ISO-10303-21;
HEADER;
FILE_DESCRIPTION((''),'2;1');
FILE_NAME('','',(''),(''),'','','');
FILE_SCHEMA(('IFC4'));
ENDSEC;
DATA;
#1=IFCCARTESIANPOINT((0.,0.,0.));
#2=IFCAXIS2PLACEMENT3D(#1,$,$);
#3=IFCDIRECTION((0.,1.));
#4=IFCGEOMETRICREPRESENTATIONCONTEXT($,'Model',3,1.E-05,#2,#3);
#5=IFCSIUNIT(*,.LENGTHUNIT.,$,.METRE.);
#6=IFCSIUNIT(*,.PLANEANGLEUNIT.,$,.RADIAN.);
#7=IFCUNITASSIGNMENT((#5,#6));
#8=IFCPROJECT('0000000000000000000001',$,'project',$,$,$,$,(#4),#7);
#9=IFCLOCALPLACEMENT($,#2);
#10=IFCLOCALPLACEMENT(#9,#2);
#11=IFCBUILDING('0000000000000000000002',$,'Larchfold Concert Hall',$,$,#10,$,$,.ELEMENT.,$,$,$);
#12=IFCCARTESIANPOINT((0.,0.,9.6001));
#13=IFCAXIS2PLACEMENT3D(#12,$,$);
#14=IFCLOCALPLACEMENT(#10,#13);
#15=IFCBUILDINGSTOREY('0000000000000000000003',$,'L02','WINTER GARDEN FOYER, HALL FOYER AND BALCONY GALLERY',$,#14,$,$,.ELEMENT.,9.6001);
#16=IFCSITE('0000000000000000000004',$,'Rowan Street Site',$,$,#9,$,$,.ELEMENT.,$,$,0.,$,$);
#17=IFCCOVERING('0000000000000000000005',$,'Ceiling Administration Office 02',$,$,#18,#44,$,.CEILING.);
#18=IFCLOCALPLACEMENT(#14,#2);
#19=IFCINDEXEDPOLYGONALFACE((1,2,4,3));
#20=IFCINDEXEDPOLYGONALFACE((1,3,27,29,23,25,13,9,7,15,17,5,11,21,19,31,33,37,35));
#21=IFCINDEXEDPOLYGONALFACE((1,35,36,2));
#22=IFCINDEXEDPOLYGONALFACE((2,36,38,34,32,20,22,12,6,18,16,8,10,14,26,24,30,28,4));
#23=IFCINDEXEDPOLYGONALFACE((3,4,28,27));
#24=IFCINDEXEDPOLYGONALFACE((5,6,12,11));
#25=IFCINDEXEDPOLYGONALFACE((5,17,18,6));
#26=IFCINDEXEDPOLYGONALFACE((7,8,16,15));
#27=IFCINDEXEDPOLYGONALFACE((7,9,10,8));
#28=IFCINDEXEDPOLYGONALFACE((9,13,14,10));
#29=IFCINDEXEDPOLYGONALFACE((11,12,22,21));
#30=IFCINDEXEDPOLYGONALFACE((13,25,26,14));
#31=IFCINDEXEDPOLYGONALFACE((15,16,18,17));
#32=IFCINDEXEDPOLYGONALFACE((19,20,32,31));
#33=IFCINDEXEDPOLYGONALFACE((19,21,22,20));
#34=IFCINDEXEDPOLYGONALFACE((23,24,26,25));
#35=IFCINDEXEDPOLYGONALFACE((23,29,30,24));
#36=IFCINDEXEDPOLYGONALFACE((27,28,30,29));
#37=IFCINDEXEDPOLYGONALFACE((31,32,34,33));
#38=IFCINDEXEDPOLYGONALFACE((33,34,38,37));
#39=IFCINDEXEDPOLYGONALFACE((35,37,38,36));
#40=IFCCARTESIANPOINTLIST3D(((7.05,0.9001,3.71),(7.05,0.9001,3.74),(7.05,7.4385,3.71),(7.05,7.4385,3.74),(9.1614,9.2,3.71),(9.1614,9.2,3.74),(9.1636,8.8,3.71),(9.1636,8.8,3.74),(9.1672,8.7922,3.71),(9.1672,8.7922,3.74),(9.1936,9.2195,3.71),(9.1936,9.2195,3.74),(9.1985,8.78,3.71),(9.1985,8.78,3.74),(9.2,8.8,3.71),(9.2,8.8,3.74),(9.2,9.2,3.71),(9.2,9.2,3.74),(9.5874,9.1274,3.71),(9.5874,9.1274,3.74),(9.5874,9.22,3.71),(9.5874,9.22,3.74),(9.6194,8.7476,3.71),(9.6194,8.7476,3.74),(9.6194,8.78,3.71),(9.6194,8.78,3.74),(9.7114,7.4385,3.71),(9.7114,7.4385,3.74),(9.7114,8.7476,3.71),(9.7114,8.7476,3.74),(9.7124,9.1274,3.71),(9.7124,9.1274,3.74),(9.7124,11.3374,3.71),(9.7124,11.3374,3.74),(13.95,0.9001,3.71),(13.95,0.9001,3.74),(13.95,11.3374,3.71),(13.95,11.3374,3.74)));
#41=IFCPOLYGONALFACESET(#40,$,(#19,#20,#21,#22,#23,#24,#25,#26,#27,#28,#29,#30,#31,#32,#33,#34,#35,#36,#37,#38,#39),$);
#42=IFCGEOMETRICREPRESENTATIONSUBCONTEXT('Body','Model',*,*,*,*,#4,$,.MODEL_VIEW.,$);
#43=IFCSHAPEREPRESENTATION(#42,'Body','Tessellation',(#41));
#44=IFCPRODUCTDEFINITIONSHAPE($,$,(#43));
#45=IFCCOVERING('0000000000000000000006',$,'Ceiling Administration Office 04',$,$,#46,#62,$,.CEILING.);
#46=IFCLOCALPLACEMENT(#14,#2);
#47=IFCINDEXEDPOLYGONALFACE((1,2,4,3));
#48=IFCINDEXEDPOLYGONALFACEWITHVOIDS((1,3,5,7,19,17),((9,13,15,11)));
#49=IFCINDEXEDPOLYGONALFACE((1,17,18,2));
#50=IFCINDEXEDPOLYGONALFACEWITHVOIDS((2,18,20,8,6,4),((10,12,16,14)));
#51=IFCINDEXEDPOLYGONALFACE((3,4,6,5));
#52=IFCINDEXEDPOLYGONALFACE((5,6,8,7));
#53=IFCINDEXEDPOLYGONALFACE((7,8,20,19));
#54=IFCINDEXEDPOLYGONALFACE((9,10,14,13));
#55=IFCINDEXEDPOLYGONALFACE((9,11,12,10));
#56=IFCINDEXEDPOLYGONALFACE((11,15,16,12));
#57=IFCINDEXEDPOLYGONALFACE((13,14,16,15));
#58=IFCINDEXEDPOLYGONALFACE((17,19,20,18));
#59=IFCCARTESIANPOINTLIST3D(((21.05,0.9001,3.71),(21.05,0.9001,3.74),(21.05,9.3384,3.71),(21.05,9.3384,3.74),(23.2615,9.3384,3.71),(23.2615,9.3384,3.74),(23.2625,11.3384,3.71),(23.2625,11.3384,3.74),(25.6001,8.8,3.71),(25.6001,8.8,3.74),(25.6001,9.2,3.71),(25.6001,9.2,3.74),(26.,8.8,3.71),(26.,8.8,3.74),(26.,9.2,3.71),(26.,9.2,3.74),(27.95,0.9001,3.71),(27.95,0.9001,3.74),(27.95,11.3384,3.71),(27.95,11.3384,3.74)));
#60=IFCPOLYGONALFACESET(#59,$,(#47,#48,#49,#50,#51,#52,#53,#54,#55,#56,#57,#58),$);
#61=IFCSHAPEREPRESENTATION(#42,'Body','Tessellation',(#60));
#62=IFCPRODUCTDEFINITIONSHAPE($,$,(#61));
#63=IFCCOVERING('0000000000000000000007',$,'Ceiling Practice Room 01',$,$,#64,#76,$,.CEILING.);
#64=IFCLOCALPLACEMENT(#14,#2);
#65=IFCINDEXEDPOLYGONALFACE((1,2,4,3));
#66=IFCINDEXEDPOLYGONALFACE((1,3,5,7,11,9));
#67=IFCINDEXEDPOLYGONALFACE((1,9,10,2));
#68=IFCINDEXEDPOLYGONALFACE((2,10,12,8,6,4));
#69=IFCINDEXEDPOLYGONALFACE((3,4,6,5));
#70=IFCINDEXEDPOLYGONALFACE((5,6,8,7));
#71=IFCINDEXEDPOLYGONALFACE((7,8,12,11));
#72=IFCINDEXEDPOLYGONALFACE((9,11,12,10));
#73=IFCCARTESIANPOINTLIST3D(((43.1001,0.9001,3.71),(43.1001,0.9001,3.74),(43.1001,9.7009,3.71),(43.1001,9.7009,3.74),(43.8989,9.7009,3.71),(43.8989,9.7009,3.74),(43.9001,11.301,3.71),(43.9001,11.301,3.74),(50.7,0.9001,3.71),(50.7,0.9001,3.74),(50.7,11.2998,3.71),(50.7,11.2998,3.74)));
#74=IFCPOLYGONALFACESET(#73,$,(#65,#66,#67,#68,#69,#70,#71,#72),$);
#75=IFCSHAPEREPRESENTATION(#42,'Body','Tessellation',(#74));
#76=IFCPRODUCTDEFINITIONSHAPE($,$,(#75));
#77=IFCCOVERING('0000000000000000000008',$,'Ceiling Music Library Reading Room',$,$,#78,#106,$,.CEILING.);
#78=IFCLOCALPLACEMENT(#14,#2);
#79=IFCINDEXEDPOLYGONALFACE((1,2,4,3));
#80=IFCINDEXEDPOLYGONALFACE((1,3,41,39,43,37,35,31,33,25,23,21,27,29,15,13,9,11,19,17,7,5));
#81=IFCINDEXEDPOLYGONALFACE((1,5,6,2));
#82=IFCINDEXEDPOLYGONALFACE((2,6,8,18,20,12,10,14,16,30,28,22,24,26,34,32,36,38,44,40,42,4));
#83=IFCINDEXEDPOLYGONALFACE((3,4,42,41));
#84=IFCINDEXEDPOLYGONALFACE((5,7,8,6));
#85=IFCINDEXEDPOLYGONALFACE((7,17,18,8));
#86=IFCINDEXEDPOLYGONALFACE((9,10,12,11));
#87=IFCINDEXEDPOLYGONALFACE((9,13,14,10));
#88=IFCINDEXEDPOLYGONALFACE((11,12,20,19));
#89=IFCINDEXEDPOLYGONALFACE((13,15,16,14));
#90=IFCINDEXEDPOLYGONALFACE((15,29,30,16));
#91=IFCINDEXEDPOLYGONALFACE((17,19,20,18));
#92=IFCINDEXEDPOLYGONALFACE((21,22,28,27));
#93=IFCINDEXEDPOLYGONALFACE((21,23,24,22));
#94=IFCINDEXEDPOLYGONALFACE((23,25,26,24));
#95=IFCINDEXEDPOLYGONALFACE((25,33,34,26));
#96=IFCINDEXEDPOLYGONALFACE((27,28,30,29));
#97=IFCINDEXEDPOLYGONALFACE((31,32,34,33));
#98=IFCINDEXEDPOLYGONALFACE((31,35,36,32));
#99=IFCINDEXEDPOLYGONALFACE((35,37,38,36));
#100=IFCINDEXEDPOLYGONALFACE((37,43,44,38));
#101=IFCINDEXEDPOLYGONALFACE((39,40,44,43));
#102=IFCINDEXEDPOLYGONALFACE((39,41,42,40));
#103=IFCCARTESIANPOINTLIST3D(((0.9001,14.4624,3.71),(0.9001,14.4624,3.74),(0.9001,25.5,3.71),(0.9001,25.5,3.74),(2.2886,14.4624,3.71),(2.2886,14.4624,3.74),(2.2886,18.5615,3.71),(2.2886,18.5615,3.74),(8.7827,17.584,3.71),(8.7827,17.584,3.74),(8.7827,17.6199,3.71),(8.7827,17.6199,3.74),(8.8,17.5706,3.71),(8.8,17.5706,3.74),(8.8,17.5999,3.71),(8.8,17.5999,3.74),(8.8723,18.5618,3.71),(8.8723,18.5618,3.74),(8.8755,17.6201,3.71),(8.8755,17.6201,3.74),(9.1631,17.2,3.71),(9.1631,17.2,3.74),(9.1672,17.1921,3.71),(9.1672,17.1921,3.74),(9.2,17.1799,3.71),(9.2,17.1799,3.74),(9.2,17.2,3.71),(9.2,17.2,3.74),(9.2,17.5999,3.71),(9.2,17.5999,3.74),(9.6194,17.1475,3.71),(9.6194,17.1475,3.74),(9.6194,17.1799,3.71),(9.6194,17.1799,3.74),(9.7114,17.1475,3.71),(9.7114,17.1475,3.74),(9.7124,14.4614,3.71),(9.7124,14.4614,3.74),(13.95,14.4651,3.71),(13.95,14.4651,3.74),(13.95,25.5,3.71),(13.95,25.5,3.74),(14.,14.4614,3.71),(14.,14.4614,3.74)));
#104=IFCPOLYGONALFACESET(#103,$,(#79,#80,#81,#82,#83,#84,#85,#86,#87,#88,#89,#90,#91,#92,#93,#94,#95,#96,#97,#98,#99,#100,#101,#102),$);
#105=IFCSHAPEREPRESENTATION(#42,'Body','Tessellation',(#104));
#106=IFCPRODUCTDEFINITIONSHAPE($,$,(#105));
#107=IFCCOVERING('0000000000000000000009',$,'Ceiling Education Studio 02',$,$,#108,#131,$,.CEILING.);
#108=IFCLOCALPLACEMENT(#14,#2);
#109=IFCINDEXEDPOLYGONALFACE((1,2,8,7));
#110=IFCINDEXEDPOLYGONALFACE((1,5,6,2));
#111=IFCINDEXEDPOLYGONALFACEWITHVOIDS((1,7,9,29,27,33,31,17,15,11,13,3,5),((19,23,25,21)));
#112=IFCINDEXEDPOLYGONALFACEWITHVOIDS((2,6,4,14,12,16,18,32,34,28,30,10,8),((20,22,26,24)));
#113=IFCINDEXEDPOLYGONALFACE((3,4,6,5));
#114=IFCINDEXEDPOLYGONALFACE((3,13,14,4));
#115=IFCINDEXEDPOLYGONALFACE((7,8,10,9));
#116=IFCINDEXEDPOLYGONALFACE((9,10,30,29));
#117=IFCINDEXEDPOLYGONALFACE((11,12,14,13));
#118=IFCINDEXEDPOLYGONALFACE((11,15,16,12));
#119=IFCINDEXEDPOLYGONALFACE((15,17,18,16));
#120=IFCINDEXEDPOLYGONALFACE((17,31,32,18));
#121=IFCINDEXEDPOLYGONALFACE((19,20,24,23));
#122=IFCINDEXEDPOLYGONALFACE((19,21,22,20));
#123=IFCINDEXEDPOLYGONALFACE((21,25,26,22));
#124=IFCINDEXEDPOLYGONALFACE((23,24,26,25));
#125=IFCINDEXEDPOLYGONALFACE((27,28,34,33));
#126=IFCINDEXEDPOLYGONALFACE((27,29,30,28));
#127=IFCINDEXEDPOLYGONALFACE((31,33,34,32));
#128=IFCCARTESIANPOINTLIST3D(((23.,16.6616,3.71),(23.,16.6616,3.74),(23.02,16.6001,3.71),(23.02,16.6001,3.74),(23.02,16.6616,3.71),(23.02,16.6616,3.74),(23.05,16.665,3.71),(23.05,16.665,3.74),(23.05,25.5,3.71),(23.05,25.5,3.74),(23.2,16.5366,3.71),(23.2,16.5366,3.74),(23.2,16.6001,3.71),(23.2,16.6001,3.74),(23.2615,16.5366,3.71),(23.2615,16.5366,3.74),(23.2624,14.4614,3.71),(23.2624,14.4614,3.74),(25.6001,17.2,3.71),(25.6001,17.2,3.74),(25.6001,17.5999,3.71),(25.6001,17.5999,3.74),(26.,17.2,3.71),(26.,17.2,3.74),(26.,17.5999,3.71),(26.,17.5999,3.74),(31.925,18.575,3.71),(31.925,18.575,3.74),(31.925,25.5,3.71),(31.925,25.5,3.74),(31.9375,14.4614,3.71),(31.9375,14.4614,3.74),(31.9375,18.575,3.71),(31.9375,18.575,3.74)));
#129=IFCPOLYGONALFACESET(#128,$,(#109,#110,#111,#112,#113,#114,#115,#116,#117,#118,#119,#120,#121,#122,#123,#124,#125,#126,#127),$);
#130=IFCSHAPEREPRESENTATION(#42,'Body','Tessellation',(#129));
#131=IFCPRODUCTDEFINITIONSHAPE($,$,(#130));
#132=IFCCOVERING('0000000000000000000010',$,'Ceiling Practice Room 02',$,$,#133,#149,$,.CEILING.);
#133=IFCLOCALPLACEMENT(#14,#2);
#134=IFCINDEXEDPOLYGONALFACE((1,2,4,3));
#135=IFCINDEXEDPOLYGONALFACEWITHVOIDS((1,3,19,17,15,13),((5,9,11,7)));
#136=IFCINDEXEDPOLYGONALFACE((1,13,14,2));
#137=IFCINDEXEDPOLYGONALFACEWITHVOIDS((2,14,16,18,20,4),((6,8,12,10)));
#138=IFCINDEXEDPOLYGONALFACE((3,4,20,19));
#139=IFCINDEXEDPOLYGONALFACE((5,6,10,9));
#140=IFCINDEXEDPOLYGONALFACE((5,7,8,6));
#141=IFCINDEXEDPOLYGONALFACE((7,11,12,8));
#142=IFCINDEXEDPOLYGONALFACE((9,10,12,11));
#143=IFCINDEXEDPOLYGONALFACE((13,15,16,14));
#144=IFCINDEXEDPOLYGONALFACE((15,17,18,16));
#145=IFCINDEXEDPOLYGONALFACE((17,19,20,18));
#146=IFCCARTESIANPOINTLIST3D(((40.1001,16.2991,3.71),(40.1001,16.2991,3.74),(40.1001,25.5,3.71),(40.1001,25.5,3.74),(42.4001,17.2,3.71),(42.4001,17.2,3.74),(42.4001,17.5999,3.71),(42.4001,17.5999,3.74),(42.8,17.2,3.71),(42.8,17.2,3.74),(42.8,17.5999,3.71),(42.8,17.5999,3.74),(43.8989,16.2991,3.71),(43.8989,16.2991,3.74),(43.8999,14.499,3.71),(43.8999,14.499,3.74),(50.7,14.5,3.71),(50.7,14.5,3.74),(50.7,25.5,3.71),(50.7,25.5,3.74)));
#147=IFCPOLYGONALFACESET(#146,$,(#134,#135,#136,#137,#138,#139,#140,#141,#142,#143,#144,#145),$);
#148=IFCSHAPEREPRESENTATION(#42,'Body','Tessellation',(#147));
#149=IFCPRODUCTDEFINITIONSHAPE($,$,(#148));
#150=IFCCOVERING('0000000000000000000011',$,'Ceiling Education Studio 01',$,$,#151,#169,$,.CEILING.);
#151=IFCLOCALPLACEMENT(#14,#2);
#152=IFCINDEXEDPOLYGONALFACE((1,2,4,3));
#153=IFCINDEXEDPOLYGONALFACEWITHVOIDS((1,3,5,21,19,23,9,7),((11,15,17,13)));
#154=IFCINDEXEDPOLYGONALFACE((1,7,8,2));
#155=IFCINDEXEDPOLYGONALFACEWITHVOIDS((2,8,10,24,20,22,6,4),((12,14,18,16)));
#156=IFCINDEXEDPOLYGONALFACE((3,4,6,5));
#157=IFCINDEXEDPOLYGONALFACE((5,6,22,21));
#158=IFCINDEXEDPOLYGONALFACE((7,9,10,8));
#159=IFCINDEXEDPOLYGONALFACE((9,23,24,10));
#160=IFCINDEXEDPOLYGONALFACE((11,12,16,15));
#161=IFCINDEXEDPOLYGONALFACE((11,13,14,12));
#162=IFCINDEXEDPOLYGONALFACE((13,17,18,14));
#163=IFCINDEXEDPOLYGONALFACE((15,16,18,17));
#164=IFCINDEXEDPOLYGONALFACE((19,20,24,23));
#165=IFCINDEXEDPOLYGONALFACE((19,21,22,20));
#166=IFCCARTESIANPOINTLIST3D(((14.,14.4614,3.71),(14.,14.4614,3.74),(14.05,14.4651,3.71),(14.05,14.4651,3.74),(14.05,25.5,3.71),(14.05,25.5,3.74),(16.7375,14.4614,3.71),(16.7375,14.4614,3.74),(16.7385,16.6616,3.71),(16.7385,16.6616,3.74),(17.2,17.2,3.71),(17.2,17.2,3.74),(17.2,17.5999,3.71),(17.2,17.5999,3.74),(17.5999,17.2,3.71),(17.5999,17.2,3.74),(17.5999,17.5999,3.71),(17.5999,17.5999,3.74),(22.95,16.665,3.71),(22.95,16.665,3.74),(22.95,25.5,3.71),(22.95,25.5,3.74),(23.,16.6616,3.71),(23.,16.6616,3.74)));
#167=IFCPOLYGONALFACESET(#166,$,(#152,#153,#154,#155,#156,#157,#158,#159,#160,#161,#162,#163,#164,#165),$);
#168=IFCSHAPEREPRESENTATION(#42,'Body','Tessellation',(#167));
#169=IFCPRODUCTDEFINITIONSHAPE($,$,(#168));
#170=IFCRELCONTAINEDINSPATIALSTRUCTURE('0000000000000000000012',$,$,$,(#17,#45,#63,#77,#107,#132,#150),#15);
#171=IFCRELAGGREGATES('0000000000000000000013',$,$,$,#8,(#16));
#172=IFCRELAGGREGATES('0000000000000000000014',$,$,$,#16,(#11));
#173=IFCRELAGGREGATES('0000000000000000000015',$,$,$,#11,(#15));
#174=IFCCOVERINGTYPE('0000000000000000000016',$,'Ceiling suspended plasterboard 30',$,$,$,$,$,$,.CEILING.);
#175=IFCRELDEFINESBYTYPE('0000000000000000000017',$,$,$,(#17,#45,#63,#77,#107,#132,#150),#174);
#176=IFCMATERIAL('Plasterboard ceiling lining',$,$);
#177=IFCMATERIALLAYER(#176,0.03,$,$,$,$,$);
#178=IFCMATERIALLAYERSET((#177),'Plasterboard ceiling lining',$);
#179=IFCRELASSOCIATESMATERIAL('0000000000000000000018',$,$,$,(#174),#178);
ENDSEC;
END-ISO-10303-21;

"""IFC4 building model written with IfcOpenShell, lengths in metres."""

from ifc_helpers import new_model, si_unit, direction, frame, origin, place, context, subcontext, project, spatial, polyline, outline, extrude, material, layer, layer_set, type_object, element, save


model = new_model("IFC4")

# Units and contexts
model_context = context("Model", 3, precision=1e-05, world=origin(), true_north=direction((0.0, 1.0)))
body_context = subcontext(model_context, "Body", "Model", "MODEL_VIEW")
ifc_project = project(units=[si_unit("LENGTHUNIT", "METRE"), si_unit("PLANEANGLEUNIT", "RADIAN")], contexts=[model_context])

# Site, building, storey
site_placement = place(None, origin())
site = spatial("IfcSite", under=ifc_project, at=site_placement, Name="Rowan Street Site", CompositionType="ELEMENT", RefElevation=0.0)
building_placement = place(site_placement, origin())
building = spatial("IfcBuilding", under=site, at=building_placement, Name="Larchfold Concert Hall", CompositionType="ELEMENT")
storey_placement = place(building_placement, frame((0.0, 0.0, 9.6001)))
storey = spatial("IfcBuildingStorey", under=building, at=storey_placement, Name="L02", Description="WINTER GARDEN FOYER, HALL FOYER AND BALCONY GALLERY", CompositionType="ELEMENT", Elevation=9.6001)

# Coverings
ifc_material_1 = material(Name="Plasterboard ceiling lining")
ifc_layer_1 = layer(ifc_material_1, 0.03)
ifc_layer_set_1 = layer_set([ifc_layer_1], Name="Plasterboard ceiling lining")
covering_type_1 = type_object("IfcCoveringType", Name="Ceiling suspended plasterboard 30", PredefinedType="CEILING", material=ifc_layer_set_1)
covering_1_placement = place(storey_placement, frame((0.0, 0.0, 3.71)))
element("IfcCovering", 1, at=covering_1_placement, inside=storey, type_object=covering_type_1, Name="Ceiling Administration Office 02", PredefinedType="CEILING", context=body_context, shape_type="SweptSolid", body=[
    extrude(outline(polyline([(7.05, 0.9001), (13.95, 0.9001), (13.95, 11.3374), (9.7124, 11.3374), (9.7124, 9.1274), (9.5874, 9.1274), (9.5874, 9.22), (9.1936, 9.2195), (9.1614, 9.2), (9.2, 9.2), (9.2, 8.8), (9.1636, 8.8), (9.1672, 8.7922), (9.1985, 8.78), (9.6194, 8.78), (9.6194, 8.7476), (9.7114, 8.7476), (9.7114, 7.4385), (7.05, 7.4385), (7.05, 0.9001)])), origin(), (0.0, 0.0, 1.0), 0.03),
])
covering_2_placement = place(storey_placement, frame((0.0, 0.0, 3.71)))
element("IfcCovering", 2, at=covering_2_placement, inside=storey, type_object=covering_type_1, Name="Ceiling Administration Office 04", PredefinedType="CEILING", context=body_context, shape_type="SweptSolid", body=[
    extrude(outline(polyline([(21.05, 9.3384), (21.05, 0.9001), (27.95, 0.9001), (27.95, 11.3384), (23.2625, 11.3384), (23.2615, 9.3384), (21.05, 9.3384)]), holes=[polyline([(26.0, 9.2), (26.0, 8.8), (25.6001, 8.8), (25.6001, 9.2), (26.0, 9.2)])]), origin(), (0.0, 0.0, 1.0), 0.03),
])
covering_3_placement = place(storey_placement, frame((0.0, 0.0, 3.71)))
element("IfcCovering", 3, at=covering_3_placement, inside=storey, type_object=covering_type_1, Name="Ceiling Practice Room 01", PredefinedType="CEILING", context=body_context, shape_type="SweptSolid", body=[
    extrude(outline(polyline([(43.1001, 9.7009), (43.1001, 0.9001), (50.7, 0.9001), (50.7, 11.2998), (43.9001, 11.301), (43.8989, 9.7009), (43.1001, 9.7009)])), origin(), (0.0, 0.0, 1.0), 0.03),
])
covering_4_placement = place(storey_placement, frame((0.0, 0.0, 3.71)))
element("IfcCovering", 4, at=covering_4_placement, inside=storey, type_object=covering_type_1, Name="Ceiling Music Library Reading Room", PredefinedType="CEILING", context=body_context, shape_type="SweptSolid", body=[
    extrude(outline(polyline([(8.8723, 18.5618), (8.8755, 17.6201), (8.7827, 17.6199), (8.7827, 17.584), (8.8, 17.5706), (8.8, 17.5999), (9.2, 17.5999), (9.2, 17.2), (9.1631, 17.2), (9.1672, 17.1921), (9.2, 17.1799), (9.6194, 17.1799), (9.6194, 17.1475), (9.7114, 17.1475), (9.7124, 14.3999), (9.7124, 14.4614), (14.0, 14.4614), (13.95, 14.4651), (13.95, 25.5), (0.9001, 25.5), (0.9001, 14.4624), (2.2886, 14.4624), (2.2886, 18.5615), (8.8723, 18.5618)])), origin(), (0.0, 0.0, 1.0), 0.03),
])
covering_5_placement = place(storey_placement, frame((0.0, 0.0, 3.71)))
element("IfcCovering", 5, at=covering_5_placement, inside=storey, type_object=covering_type_1, Name="Ceiling Education Studio 02", PredefinedType="CEILING", context=body_context, shape_type="SweptSolid", body=[
    extrude(outline(polyline([(23.0, 16.6616), (23.02, 16.6616), (23.02, 16.6001), (23.2, 16.6001), (23.2, 16.5366), (23.2615, 16.5366), (23.2625, 14.3999), (23.2625, 14.4614), (31.9375, 14.4614), (31.9375, 18.575), (31.925, 18.575), (31.925, 25.5), (23.05, 25.5), (23.05, 16.665), (23.0, 16.6616)]), holes=[polyline([(26.0, 17.2), (25.6001, 17.2), (25.6001, 17.5999), (26.0, 17.5999), (26.0, 17.2)])]), origin(), (0.0, 0.0, 1.0), 0.03),
])
covering_6_placement = place(storey_placement, frame((0.0, 0.0, 3.71)))
element("IfcCovering", 6, at=covering_6_placement, inside=storey, type_object=covering_type_1, Name="Ceiling Practice Room 02", PredefinedType="CEILING", context=body_context, shape_type="SweptSolid", body=[
    extrude(outline(polyline([(40.1001, 16.2991), (43.8989, 16.2991), (43.8999, 14.499), (50.7, 14.5), (50.7, 25.5), (40.1001, 25.5), (40.1001, 16.2991)]), holes=[polyline([(42.8, 17.2), (42.4001, 17.2), (42.4001, 17.5999), (42.8, 17.5999), (42.8, 17.2)])]), origin(), (0.0, 0.0, 1.0), 0.03),
])
covering_7_placement = place(storey_placement, frame((0.0, 0.0, 3.71)))
element("IfcCovering", 7, at=covering_7_placement, inside=storey, type_object=covering_type_1, Name="Ceiling Education Studio 01", PredefinedType="CEILING", context=body_context, shape_type="SweptSolid", body=[
    extrude(outline(polyline([(14.0, 14.4614), (16.7375, 14.4614), (16.7385, 16.6616), (23.0, 16.6616), (22.95, 16.665), (22.95, 25.5), (14.05, 25.5), (14.05, 14.4651), (14.0, 14.4614)]), holes=[polyline([(17.2, 17.5999), (17.5999, 17.5999), (17.5999, 17.2), (17.2, 17.2), (17.2, 17.5999)])]), origin(), (0.0, 0.0, 1.0), 0.03),
])

save(model, "model.ifc")
